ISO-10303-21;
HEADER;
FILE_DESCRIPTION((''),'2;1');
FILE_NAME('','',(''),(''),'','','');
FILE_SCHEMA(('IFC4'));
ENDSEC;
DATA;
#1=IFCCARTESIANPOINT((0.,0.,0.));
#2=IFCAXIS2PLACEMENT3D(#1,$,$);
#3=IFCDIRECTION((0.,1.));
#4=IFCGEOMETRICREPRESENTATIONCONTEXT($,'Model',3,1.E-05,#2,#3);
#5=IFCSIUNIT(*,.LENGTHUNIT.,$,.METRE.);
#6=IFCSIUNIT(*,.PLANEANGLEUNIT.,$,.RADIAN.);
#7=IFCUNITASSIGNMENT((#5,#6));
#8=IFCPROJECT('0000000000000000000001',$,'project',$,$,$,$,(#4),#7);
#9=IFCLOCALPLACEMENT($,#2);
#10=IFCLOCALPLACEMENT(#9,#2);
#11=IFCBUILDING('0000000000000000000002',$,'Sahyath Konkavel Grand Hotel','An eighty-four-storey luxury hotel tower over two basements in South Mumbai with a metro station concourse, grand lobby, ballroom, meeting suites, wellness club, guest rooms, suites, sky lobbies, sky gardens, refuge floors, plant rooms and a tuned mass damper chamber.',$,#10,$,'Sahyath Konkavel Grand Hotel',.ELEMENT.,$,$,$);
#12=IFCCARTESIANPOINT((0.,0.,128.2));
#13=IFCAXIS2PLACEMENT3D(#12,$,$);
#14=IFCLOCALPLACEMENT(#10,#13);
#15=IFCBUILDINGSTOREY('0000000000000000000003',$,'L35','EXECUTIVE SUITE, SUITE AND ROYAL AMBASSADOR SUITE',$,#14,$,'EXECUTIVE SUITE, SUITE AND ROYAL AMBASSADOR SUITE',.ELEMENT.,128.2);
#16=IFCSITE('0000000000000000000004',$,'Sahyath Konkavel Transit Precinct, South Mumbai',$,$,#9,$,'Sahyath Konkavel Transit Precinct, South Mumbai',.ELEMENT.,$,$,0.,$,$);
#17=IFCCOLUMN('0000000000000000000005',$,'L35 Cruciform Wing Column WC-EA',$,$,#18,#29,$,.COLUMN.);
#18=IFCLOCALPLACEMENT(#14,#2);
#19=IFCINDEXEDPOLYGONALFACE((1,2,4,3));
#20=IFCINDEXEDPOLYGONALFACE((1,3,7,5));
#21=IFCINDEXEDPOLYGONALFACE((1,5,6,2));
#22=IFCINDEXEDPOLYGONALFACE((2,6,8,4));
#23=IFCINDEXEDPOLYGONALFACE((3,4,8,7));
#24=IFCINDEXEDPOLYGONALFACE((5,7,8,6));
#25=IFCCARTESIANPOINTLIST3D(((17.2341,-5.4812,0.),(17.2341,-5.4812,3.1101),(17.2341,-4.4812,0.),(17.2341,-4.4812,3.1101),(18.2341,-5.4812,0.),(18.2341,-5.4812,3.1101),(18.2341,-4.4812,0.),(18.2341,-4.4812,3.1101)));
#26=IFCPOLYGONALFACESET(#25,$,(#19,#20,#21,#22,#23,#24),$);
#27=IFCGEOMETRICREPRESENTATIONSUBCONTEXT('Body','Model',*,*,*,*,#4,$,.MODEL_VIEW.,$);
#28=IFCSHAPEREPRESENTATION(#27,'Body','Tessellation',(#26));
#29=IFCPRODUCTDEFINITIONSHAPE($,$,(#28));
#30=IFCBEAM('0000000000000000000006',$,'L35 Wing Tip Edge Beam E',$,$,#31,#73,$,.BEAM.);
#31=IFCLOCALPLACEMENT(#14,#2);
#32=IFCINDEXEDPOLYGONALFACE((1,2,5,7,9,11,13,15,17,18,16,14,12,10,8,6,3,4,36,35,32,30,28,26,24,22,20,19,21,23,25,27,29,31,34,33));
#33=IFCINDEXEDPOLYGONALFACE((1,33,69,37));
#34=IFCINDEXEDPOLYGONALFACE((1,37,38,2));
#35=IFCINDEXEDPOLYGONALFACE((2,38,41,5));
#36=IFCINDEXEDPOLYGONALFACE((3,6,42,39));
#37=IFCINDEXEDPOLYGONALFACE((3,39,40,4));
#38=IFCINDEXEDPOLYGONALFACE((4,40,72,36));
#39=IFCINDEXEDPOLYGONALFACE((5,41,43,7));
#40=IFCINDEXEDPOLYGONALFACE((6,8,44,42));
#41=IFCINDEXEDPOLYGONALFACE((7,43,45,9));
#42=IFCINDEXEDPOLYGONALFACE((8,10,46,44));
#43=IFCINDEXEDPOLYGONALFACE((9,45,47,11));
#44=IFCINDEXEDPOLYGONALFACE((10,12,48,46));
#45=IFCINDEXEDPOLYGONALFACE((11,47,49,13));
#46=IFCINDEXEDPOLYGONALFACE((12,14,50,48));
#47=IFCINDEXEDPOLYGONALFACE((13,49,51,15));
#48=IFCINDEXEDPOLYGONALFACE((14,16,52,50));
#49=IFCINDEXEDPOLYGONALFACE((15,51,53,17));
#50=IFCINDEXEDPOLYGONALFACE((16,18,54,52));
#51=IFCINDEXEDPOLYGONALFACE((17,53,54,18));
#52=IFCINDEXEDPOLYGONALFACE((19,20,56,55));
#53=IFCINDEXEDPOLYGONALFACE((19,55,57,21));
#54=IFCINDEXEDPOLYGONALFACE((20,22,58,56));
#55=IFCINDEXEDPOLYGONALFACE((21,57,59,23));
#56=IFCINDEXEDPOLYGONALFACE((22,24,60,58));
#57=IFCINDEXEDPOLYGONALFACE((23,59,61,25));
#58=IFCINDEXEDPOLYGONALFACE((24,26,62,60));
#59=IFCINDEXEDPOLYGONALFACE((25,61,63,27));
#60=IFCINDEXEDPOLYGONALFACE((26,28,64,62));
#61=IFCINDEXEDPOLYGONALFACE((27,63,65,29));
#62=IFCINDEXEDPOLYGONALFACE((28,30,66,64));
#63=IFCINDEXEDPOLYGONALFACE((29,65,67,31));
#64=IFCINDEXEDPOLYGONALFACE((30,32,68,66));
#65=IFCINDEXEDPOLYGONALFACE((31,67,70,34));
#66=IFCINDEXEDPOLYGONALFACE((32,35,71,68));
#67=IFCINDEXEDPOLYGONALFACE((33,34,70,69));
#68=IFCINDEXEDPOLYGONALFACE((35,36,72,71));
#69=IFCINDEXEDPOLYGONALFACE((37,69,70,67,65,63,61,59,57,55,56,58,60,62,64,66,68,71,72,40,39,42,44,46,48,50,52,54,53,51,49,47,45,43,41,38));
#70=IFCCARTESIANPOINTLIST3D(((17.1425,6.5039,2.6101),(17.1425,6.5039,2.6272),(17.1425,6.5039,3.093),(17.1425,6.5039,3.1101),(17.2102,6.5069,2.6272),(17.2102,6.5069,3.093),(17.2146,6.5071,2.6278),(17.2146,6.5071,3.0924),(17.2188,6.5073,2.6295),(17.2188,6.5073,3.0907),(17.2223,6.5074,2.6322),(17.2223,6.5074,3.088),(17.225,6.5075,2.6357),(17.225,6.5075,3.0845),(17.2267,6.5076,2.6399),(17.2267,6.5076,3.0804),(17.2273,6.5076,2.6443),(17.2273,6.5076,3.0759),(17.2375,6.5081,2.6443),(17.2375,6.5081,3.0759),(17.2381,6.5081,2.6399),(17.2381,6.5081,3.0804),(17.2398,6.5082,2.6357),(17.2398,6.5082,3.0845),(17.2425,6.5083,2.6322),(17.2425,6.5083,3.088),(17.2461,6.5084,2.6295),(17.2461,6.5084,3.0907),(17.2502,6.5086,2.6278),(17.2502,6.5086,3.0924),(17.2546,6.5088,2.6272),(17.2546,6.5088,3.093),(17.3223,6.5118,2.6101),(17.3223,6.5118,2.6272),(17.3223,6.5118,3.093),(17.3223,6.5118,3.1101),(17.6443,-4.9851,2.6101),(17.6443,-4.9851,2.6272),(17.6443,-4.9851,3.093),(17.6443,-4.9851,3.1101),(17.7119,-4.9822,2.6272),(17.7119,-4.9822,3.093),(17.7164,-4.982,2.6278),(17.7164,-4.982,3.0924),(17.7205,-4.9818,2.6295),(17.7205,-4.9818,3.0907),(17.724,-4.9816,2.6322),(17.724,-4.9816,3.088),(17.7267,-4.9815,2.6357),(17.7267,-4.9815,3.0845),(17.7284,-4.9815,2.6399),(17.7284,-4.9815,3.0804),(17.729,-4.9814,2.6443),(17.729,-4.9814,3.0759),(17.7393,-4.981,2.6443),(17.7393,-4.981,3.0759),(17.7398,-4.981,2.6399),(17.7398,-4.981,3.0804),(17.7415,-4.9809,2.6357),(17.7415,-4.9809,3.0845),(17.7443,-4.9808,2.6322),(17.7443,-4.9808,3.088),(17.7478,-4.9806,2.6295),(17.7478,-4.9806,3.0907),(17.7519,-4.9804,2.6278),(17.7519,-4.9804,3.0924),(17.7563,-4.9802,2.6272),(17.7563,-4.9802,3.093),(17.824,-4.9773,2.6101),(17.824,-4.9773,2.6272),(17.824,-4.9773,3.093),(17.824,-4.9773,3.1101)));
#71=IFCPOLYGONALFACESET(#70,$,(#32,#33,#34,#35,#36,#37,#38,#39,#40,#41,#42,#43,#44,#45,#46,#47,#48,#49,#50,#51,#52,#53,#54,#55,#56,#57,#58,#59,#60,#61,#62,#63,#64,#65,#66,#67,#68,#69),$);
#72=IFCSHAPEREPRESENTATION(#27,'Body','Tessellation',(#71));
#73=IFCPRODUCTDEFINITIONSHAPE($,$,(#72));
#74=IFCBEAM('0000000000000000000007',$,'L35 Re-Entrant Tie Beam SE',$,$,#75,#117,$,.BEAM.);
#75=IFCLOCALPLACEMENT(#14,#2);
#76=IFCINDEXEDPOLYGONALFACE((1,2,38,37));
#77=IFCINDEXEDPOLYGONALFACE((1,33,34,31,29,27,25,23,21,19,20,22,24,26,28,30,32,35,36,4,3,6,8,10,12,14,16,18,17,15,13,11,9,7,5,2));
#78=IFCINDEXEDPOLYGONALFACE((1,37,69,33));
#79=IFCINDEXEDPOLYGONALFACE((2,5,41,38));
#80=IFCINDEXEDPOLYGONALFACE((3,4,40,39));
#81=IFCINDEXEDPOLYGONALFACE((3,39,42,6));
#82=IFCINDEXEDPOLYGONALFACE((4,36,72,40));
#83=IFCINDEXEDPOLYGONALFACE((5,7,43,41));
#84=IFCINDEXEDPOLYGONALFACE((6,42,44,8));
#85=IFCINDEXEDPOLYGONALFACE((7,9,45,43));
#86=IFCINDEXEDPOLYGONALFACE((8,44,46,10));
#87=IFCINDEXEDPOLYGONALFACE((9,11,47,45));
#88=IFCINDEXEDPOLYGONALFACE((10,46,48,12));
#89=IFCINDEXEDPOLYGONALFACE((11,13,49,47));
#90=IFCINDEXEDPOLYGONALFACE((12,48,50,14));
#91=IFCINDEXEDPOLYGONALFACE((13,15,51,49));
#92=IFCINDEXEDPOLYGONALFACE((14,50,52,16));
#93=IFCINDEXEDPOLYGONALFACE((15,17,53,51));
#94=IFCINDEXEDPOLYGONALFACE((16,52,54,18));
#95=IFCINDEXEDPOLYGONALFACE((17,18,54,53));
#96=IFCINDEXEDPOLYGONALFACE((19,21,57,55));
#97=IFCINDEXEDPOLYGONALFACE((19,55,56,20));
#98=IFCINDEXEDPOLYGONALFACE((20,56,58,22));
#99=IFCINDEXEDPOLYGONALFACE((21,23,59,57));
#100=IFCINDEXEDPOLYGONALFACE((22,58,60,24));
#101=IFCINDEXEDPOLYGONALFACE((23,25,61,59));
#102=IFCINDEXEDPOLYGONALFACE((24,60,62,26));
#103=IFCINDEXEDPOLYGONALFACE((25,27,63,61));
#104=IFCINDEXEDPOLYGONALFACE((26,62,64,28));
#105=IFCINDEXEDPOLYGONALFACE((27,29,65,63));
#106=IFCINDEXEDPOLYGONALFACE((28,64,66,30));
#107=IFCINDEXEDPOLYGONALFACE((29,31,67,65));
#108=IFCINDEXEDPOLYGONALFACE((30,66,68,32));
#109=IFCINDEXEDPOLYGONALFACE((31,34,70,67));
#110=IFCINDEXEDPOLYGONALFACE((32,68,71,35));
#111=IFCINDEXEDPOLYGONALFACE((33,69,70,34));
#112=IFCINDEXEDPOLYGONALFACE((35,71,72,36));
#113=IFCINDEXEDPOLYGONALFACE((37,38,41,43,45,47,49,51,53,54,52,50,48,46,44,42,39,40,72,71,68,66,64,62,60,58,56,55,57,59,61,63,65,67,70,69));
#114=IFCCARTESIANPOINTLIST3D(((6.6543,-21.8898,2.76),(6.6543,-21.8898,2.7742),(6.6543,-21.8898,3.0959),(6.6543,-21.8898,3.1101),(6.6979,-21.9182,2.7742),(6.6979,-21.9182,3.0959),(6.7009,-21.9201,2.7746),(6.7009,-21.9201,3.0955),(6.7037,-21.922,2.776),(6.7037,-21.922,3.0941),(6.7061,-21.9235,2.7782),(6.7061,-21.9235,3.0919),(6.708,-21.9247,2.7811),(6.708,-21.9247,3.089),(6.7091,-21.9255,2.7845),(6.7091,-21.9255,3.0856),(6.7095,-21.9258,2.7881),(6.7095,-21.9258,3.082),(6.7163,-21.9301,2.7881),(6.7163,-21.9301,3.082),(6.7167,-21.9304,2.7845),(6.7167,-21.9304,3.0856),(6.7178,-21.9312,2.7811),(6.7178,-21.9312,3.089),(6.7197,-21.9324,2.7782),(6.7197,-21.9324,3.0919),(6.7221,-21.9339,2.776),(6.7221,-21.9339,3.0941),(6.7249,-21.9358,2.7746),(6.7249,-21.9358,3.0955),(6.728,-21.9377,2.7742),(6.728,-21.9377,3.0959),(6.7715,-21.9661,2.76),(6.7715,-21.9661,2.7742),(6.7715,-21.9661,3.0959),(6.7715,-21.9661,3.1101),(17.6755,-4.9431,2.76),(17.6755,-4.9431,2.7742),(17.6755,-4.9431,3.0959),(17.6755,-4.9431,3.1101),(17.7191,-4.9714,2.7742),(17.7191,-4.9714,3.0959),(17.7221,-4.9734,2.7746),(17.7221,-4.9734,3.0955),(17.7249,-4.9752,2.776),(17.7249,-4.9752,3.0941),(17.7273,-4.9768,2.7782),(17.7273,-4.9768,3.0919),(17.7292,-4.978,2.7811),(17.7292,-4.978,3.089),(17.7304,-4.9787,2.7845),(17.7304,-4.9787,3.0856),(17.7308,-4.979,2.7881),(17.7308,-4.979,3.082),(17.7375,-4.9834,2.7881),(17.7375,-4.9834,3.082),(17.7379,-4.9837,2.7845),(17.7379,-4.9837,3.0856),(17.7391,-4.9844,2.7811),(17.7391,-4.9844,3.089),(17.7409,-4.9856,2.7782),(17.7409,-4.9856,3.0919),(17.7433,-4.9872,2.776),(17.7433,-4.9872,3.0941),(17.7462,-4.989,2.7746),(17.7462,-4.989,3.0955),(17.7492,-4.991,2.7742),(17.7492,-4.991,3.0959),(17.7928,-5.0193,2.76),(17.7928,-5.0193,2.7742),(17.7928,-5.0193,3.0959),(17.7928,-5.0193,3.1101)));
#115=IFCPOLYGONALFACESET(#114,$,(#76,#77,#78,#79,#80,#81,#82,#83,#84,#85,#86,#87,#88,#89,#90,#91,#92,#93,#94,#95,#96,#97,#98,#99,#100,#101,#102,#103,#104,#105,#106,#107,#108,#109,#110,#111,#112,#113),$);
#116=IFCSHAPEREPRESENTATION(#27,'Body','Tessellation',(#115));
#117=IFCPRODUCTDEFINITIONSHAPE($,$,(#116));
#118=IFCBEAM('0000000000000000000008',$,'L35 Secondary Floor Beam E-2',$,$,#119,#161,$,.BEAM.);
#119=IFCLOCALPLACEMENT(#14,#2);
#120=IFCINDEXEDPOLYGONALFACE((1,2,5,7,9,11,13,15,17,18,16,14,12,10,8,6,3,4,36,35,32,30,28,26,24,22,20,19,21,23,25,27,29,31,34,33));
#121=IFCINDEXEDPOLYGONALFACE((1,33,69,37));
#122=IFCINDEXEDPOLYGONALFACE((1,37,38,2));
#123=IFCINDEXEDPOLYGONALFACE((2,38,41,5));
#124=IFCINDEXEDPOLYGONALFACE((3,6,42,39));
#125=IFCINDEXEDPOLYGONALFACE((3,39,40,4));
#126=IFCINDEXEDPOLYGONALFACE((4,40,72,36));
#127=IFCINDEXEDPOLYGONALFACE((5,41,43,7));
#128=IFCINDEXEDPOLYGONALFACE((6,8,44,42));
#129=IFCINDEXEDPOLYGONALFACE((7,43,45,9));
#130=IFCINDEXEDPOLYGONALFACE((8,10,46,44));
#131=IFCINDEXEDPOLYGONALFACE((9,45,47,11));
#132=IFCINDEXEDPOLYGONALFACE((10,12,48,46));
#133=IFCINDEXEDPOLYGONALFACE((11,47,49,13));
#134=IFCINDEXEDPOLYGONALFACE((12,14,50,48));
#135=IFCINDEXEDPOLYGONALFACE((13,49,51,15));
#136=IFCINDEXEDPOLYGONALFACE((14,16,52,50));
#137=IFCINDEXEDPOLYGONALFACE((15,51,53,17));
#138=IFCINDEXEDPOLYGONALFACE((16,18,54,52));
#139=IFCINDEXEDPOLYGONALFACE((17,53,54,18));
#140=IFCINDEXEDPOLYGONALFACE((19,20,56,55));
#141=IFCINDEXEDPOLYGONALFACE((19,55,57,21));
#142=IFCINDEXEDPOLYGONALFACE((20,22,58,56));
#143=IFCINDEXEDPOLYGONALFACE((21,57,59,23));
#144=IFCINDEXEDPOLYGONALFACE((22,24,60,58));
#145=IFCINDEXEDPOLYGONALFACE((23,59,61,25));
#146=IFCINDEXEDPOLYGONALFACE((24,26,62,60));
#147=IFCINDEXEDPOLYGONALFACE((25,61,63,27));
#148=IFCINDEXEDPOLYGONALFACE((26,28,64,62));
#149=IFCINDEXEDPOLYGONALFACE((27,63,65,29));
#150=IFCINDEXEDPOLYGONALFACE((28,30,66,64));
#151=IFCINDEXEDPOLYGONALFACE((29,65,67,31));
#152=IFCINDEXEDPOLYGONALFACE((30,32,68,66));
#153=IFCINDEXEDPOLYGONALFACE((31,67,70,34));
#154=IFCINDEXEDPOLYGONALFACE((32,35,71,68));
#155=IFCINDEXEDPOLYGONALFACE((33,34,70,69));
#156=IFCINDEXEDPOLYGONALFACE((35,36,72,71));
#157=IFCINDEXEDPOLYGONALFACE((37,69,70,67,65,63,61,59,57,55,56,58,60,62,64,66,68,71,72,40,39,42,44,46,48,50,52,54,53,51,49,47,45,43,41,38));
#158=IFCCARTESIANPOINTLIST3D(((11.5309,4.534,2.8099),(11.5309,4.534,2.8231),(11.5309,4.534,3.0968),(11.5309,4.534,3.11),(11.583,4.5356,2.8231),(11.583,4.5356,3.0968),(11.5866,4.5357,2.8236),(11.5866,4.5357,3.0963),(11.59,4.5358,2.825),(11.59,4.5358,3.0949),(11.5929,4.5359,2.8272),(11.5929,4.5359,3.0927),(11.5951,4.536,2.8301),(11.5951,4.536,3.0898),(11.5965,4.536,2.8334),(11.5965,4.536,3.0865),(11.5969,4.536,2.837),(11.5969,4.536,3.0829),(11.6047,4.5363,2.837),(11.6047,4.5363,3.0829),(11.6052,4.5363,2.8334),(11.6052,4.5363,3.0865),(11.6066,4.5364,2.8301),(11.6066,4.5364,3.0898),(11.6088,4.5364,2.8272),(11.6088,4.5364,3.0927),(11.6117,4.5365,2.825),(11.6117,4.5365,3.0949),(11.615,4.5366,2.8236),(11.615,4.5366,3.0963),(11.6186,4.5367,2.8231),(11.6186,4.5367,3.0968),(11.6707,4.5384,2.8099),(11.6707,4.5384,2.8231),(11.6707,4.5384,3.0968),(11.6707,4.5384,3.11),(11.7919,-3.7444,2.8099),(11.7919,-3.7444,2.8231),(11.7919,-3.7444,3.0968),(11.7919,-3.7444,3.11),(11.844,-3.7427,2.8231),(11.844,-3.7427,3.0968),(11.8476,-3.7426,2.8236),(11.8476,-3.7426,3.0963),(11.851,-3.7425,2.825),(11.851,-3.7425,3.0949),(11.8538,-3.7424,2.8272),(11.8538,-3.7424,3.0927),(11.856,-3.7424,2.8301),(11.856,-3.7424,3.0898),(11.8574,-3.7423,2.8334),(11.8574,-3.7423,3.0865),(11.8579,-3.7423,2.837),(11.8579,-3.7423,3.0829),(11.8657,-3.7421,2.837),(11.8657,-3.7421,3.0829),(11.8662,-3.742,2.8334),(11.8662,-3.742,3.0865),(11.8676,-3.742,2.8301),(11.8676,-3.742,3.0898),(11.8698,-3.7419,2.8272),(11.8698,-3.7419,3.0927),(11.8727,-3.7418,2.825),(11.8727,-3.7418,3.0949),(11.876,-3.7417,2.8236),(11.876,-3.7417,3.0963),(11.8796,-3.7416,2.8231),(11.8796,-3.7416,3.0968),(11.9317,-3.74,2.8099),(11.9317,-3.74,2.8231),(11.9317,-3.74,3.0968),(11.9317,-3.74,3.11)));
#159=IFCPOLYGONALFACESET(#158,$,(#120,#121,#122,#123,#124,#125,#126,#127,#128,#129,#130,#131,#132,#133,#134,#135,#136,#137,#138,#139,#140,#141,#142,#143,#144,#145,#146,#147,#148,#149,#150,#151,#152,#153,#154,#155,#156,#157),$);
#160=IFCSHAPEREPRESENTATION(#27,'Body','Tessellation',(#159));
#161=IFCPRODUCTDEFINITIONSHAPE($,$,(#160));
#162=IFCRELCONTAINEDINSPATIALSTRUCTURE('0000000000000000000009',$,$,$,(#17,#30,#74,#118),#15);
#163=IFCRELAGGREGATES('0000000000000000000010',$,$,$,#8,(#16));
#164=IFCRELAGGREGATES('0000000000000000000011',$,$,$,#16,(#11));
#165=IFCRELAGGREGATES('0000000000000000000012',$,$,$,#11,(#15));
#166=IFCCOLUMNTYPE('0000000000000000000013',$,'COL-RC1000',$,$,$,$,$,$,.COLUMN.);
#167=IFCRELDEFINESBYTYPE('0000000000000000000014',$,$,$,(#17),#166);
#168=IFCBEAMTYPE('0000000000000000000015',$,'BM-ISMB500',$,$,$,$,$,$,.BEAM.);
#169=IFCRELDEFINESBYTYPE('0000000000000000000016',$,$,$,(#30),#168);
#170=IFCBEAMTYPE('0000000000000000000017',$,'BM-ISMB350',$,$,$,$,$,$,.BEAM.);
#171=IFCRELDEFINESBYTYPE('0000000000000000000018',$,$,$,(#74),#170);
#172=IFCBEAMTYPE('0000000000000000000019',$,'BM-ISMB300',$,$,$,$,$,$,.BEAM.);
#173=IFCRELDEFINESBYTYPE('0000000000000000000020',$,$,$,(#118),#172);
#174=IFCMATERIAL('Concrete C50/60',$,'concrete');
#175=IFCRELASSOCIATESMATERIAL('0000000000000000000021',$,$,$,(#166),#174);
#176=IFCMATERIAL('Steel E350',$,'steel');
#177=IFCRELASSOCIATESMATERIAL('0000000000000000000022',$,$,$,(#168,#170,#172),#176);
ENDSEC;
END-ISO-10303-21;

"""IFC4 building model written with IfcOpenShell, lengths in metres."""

from ifc_helpers import new_model, si_unit, direction, frame, origin, origin_2d, place, context, subcontext, project, spatial, rectangle, i_section, extrude, source, transform, mapped, material, material_profile, profile_set, type_object, element, save


model = new_model("IFC4")

# Units and contexts
model_context = context("Model", 3, precision=1e-05, world=origin(), true_north=direction((0.0, 1.0)))
body_context = subcontext(model_context, "Body", "Model", "MODEL_VIEW")
ifc_project = project(units=[si_unit("LENGTHUNIT", "METRE"), si_unit("PLANEANGLEUNIT", "RADIAN")], contexts=[model_context])

# Site, building, storey
site_placement = place(None, origin())
site = spatial("IfcSite", under=ifc_project, at=site_placement, Name="Sahyath Konkavel Transit Precinct, South Mumbai", LongName="Sahyath Konkavel Transit Precinct, South Mumbai", CompositionType="ELEMENT", RefElevation=0.0)
building_placement = place(site_placement, origin())
building = spatial("IfcBuilding", under=site, at=building_placement, Name="Sahyath Konkavel Grand Hotel", Description="An eighty-four-storey luxury hotel tower over two basements in South Mumbai with a metro station concourse, grand lobby, ballroom, meeting suites, wellness club, guest rooms, suites, sky lobbies, sky gardens, refuge floors, plant rooms and a tuned mass damper chamber.", LongName="Sahyath Konkavel Grand Hotel", CompositionType="ELEMENT")
storey_placement = place(building_placement, frame((0.0, 0.0, 128.2)))
storey = spatial("IfcBuildingStorey", under=building, at=storey_placement, Name="L35", Description="EXECUTIVE SUITE, SUITE AND ROYAL AMBASSADOR SUITE", LongName="EXECUTIVE SUITE, SUITE AND ROYAL AMBASSADOR SUITE", CompositionType="ELEMENT", Elevation=128.2)

# Column
ifc_material_1 = material(Name="Concrete C50/60", Category="concrete")
ifc_material_profile_1 = material_profile(ifc_material_1, rectangle(XDim=1.0, YDim=1.0, at=origin_2d()), Name="RC 1000x1000")
ifc_profile_set_1 = profile_set([ifc_material_profile_1], Name="Concrete C50/60")
column_type = type_object("IfcColumnType", Name="COL-RC1000", PredefinedType="COLUMN", material=ifc_profile_set_1)
shared_shape_1 = source(origin(), body_context, "Body", "SweptSolid", [
    extrude(rectangle(XDim=1.0, YDim=1.0, at=origin_2d()), origin(), (0.0, 0.0, 1.0), 3.1101),
])
column_placement = place(storey_placement, frame((17.7341, -4.9812, 0.0), z_axis=(0.0, 0.0, 1.0), x_axis=(1.0, 0.0, 0.0)))
element("IfcColumn", 1, at=column_placement, inside=storey, type_object=column_type, Name="L35 Cruciform Wing Column WC-EA", PredefinedType="COLUMN", context=body_context, shape_type="MappedRepresentation", body=[
    mapped(shared_shape_1, transform((0.0, 0.0, 0.0), scale=1.0)),
])

# Beams
ifc_material_2 = material(Name="Steel E350", Category="steel")
ifc_material_profile_2 = material_profile(ifc_material_2, i_section(OverallWidth=0.1799, OverallDepth=0.5, WebThickness=0.0103, FlangeThickness=0.0171, FilletRadius=0.0171, at=origin_2d()), Name="ISMB 500")
ifc_profile_set_2 = profile_set([ifc_material_profile_2], Name="Steel E350")
beam_type_1 = type_object("IfcBeamType", Name="BM-ISMB500", PredefinedType="BEAM", material=ifc_profile_set_2)
shared_shape_2 = source(origin(), body_context, "Body", "SweptSolid", [
    extrude(i_section(OverallWidth=0.1799, OverallDepth=0.5, WebThickness=0.0103, FlangeThickness=0.0171, FilletRadius=0.0171, at=origin_2d()), origin(), (0.0, 0.0, 1.0), 11.5),
])
beam_1_placement = place(storey_placement, frame((17.7341, -4.9812, 2.8601), z_axis=(-0.043627, 0.999048, 0.0), x_axis=(-0.999048, -0.043627, 0.0)))
element("IfcBeam", 2, at=beam_1_placement, inside=storey, type_object=beam_type_1, Name="L35 Wing Tip Edge Beam E", PredefinedType="BEAM", context=body_context, shape_type="MappedRepresentation", body=[
    mapped(shared_shape_2, transform((0.0, 0.0, 0.0), scale=1.0)),
])
ifc_material_profile_3 = material_profile(ifc_material_2, i_section(OverallWidth=0.1399, OverallDepth=0.3501, WebThickness=0.0081, FlangeThickness=0.0142, FilletRadius=0.0139, at=origin_2d()), Name="ISMB 350")
ifc_profile_set_3 = profile_set([ifc_material_profile_3], Name="Steel E350")
beam_type_2 = type_object("IfcBeamType", Name="BM-ISMB350", PredefinedType="BEAM", material=ifc_profile_set_3)
shared_shape_3 = source(origin(), body_context, "Body", "SweptSolid", [
    extrude(i_section(OverallWidth=0.1399, OverallDepth=0.3501, WebThickness=0.0081, FlangeThickness=0.0142, FilletRadius=0.0139, at=origin_2d()), origin(), (0.0, 0.0, 1.0), 20.2153),
])
beam_2_placement = place(storey_placement, frame((17.7341, -4.9812, 2.9351), z_axis=(-0.545191, -0.838312, 0.0), x_axis=(0.838312, -0.545191, 0.0)))
element("IfcBeam", 3, at=beam_2_placement, inside=storey, type_object=beam_type_2, Name="L35 Re-Entrant Tie Beam SE", PredefinedType="BEAM", context=body_context, shape_type="MappedRepresentation", body=[
    mapped(shared_shape_3, transform((0.0, 0.0, 0.0), scale=1.0)),
])
ifc_material_profile_4 = material_profile(ifc_material_2, i_section(OverallWidth=0.1399, OverallDepth=0.3, WebThickness=0.0078, FlangeThickness=0.0132, FilletRadius=0.0139, at=origin_2d()), Name="ISMB 300")
ifc_profile_set_4 = profile_set([ifc_material_profile_4], Name="Steel E350")
beam_type_3 = type_object("IfcBeamType", Name="BM-ISMB300", PredefinedType="BEAM", material=ifc_profile_set_4)
shared_shape_4 = source(origin(), body_context, "Body", "SweptSolid", [
    extrude(i_section(OverallWidth=0.1399, OverallDepth=0.3, WebThickness=0.0078, FlangeThickness=0.0132, FilletRadius=0.0139, at=origin_2d()), origin(), (0.0, 0.0, 1.0), 8.2825),
])
beam_3_placement = place(storey_placement, frame((11.8618, -3.7422, 2.96), z_axis=(-0.031511, 0.999503, 0.0), x_axis=(-0.999503, -0.031511, 0.0)))
element("IfcBeam", 4, at=beam_3_placement, inside=storey, type_object=beam_type_3, Name="L35 Secondary Floor Beam E-2", PredefinedType="BEAM", context=body_context, shape_type="MappedRepresentation", body=[
    mapped(shared_shape_4, transform((0.0, 0.0, 0.0), scale=1.0)),
])

save(model, "model.ifc")
